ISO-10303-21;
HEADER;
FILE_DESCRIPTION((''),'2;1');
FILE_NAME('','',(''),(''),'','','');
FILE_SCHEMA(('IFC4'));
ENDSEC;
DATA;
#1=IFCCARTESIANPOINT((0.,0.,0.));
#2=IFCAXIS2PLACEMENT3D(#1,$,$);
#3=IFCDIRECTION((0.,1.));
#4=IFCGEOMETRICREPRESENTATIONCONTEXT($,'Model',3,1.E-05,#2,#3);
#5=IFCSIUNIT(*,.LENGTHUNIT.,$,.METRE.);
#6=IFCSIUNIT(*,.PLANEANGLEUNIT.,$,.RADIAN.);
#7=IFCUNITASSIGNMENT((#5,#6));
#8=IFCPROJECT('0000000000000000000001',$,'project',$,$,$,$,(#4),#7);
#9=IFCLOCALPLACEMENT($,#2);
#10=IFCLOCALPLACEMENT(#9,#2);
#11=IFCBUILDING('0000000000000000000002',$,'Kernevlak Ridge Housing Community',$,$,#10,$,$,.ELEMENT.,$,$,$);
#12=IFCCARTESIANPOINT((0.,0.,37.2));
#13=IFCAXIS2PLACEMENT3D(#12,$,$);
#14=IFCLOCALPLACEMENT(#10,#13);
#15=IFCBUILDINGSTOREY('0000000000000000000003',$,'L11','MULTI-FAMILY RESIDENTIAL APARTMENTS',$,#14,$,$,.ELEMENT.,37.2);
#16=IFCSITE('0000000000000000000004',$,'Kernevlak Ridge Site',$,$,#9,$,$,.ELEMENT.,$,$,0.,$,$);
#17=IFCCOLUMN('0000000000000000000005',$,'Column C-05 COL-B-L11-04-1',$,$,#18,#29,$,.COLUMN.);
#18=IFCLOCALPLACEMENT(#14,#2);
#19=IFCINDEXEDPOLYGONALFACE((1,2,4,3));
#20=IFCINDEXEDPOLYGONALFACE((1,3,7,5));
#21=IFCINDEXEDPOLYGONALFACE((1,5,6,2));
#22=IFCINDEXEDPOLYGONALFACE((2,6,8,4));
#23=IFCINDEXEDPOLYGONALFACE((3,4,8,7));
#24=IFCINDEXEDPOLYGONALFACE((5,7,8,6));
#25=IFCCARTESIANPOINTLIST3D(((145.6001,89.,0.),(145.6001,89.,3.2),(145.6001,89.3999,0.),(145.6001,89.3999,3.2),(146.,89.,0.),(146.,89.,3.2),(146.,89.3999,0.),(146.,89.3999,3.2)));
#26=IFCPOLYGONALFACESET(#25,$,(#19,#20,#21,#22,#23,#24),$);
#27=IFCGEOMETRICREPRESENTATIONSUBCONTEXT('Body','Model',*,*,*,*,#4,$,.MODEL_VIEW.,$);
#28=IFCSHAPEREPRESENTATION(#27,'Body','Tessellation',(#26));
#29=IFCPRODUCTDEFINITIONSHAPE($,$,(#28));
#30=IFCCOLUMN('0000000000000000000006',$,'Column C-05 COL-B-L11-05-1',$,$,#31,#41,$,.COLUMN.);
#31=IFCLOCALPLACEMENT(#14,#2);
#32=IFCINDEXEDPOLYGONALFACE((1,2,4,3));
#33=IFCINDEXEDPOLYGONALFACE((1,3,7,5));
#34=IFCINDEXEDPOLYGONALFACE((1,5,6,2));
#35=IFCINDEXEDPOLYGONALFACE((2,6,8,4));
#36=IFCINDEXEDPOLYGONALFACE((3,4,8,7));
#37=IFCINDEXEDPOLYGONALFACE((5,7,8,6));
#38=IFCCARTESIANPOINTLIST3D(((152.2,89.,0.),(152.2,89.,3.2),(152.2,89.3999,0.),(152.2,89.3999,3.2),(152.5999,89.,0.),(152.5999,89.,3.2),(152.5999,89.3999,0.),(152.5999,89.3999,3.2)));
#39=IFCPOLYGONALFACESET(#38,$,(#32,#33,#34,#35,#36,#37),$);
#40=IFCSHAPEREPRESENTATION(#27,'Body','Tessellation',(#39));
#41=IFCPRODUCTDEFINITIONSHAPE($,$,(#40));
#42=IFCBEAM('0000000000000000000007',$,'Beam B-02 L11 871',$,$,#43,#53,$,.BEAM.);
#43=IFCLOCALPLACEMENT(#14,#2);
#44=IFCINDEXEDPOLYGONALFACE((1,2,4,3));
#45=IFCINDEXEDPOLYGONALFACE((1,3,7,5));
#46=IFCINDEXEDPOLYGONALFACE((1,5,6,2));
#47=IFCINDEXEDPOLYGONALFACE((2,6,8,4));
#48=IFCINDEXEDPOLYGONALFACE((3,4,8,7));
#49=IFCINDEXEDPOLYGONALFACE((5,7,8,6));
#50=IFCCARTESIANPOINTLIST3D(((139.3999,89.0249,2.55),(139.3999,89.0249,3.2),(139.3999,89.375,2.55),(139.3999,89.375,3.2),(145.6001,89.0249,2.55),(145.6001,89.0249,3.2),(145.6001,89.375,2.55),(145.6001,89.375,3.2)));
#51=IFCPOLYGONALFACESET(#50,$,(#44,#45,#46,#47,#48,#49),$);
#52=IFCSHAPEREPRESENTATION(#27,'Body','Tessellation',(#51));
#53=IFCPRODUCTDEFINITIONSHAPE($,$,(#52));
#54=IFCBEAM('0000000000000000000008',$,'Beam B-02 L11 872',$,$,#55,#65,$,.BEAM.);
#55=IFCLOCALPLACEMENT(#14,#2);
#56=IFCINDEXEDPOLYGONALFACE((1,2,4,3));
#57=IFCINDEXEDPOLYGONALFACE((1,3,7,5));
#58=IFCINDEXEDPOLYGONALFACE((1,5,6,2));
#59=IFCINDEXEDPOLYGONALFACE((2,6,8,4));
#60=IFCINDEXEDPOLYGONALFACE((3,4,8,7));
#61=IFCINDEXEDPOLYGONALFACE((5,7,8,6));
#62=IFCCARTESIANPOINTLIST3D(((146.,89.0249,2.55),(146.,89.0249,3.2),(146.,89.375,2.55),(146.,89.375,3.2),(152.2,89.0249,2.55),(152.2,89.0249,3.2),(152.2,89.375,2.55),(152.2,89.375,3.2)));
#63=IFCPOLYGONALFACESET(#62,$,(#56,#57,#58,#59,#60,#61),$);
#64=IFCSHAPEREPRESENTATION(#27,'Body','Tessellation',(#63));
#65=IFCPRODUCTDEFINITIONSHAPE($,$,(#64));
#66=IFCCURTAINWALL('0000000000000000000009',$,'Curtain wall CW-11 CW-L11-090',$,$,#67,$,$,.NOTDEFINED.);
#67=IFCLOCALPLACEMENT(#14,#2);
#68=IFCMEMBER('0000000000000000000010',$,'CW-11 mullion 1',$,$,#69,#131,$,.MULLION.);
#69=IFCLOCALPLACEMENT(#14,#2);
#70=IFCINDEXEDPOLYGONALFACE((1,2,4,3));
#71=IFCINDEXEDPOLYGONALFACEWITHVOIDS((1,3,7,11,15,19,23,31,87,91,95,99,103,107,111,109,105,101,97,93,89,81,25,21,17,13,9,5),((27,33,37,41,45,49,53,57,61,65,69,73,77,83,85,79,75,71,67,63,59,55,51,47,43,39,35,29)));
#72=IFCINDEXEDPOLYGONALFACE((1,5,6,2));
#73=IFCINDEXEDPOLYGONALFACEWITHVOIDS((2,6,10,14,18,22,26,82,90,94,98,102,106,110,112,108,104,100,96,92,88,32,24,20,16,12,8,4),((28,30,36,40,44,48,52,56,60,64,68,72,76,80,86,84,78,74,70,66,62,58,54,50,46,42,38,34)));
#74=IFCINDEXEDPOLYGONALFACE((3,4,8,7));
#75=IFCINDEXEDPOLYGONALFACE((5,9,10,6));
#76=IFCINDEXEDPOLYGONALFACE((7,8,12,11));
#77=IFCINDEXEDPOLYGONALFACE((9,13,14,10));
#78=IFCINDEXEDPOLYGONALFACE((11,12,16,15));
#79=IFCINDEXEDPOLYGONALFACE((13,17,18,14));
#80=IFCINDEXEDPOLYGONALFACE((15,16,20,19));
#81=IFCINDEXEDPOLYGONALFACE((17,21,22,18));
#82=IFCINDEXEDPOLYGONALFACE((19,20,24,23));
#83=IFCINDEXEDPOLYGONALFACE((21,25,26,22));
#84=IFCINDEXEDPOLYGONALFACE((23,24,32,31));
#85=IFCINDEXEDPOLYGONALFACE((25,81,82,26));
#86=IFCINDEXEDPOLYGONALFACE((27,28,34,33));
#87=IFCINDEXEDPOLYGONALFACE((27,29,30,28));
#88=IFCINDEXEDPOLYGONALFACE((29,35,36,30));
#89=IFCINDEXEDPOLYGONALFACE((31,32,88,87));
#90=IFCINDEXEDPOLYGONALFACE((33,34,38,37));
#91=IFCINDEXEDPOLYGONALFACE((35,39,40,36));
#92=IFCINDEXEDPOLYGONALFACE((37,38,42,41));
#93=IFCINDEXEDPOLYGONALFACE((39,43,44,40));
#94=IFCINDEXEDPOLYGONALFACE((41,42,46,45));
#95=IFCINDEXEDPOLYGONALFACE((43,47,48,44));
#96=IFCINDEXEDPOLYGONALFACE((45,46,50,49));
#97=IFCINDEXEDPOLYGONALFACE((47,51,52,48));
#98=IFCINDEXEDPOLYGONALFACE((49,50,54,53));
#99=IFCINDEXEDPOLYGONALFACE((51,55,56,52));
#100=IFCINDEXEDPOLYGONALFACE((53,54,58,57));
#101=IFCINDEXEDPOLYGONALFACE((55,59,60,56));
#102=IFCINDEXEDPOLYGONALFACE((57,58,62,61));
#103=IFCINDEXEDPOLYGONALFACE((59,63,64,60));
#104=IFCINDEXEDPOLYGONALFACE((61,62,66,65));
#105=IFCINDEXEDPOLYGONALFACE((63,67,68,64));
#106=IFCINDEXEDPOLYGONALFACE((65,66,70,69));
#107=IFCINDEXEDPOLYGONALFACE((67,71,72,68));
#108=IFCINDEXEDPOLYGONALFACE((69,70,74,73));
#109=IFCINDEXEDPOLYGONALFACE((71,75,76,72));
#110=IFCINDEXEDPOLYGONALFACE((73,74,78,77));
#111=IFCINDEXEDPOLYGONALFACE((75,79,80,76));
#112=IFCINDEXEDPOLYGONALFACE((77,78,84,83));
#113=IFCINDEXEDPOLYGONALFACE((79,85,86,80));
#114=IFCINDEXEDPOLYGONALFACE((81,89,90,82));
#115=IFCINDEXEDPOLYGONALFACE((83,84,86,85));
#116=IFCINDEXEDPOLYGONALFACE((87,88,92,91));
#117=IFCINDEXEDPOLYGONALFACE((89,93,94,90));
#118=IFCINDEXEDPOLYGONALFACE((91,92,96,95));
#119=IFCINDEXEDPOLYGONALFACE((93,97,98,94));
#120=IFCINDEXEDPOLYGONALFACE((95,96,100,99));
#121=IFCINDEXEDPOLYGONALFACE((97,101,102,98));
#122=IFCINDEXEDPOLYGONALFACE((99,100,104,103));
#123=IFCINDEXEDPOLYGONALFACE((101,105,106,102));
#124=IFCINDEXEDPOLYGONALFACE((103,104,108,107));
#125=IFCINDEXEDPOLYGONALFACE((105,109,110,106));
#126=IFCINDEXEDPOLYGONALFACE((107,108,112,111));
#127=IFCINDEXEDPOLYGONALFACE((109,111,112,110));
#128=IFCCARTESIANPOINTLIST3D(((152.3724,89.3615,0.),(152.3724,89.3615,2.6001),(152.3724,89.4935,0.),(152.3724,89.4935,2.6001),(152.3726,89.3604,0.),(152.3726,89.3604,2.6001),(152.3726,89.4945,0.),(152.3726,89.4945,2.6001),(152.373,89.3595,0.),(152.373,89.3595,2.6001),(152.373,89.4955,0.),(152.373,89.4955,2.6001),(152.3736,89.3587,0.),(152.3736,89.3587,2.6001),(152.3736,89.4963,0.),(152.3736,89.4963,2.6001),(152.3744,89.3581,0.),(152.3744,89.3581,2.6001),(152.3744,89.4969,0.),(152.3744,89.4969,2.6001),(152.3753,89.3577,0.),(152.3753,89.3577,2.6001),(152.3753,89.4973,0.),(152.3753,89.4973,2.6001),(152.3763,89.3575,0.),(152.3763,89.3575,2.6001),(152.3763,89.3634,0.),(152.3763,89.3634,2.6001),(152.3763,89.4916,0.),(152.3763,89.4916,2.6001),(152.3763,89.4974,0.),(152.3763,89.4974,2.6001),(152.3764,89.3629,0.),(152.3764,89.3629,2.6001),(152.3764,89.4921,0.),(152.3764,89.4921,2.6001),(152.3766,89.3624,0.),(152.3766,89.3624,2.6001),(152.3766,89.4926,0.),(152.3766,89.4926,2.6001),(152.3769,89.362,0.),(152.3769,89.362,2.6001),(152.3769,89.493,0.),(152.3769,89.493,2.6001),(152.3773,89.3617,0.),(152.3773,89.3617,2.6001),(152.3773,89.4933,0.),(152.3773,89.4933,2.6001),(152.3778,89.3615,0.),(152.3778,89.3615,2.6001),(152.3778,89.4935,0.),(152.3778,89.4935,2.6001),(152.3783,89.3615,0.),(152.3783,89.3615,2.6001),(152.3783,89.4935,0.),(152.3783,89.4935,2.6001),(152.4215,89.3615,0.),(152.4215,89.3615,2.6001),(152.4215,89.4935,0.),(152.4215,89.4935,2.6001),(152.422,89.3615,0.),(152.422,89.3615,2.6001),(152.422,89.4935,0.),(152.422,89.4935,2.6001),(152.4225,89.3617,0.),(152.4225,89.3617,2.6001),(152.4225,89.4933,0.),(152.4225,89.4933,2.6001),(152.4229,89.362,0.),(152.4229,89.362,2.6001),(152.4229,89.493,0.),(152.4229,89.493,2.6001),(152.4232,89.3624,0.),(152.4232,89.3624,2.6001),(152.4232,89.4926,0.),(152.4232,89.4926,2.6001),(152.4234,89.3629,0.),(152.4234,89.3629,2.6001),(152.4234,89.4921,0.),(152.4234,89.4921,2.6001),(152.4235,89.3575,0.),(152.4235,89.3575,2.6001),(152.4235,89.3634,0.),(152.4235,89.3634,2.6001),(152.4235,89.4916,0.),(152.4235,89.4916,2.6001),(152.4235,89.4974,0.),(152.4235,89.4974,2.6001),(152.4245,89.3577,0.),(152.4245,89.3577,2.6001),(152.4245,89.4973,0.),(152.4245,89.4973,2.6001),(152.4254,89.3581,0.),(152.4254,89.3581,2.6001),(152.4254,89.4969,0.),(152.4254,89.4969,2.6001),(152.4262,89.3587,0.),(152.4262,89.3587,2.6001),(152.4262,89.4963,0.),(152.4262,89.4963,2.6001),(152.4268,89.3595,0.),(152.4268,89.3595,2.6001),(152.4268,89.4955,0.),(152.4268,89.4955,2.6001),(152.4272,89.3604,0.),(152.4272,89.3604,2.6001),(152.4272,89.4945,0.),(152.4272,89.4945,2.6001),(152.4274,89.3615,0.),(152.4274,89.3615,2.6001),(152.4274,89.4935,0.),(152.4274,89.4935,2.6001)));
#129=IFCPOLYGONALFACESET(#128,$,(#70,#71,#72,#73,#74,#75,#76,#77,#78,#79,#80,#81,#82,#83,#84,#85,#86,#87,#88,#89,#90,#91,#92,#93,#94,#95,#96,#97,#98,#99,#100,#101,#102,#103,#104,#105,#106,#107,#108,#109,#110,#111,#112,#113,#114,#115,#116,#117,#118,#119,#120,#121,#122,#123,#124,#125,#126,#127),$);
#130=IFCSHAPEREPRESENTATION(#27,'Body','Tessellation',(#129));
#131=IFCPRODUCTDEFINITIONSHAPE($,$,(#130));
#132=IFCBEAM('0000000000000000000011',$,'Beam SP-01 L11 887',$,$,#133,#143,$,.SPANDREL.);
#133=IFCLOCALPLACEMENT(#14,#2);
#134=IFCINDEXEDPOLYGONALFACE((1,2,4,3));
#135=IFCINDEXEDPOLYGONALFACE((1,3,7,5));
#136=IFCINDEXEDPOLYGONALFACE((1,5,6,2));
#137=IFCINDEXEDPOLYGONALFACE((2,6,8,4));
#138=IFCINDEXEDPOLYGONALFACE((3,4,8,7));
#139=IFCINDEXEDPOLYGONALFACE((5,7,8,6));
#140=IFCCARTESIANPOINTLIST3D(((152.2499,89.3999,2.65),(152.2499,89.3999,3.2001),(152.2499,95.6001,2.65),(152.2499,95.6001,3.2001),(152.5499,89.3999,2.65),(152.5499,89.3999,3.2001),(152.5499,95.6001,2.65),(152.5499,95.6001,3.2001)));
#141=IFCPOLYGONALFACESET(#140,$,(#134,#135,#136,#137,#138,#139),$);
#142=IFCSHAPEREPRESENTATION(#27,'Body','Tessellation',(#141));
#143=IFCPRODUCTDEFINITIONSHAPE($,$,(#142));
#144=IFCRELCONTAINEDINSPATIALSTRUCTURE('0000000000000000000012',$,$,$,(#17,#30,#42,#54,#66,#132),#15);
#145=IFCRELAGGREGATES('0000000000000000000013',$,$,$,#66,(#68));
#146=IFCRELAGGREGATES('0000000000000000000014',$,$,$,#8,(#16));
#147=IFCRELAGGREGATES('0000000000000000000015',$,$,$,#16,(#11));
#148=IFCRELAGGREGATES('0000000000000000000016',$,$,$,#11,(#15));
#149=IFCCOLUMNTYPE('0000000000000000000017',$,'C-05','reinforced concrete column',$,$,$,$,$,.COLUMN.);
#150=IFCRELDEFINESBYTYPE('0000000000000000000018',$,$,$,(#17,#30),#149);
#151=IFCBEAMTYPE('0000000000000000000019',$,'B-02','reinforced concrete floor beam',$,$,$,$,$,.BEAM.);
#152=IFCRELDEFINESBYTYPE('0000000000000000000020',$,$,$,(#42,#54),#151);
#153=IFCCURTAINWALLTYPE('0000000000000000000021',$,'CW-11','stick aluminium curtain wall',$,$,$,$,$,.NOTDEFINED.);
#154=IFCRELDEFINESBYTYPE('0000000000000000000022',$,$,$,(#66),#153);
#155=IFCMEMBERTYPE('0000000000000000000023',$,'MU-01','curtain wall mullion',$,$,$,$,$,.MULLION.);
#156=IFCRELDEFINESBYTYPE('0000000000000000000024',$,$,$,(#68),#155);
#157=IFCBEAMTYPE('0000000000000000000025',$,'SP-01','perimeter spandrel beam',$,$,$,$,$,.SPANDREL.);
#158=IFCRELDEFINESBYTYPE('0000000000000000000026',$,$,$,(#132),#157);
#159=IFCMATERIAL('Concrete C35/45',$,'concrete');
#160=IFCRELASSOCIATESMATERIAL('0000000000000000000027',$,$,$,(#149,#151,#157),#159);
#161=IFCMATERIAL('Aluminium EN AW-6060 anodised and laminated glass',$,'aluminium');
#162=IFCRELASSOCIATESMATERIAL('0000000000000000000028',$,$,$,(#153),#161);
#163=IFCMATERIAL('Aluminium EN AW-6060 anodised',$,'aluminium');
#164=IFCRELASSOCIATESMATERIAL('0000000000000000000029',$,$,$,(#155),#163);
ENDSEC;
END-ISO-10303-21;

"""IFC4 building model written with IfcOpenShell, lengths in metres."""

from ifc_helpers import new_model, si_unit, direction, frame, origin, origin_2d, place, context, subcontext, project, spatial, rectangle, hollow_rectangle, extrude, material, material_profile, profile_set, type_object, element, aggregate, save


model = new_model("IFC4")

# Units and contexts
model_context = context("Model", 3, precision=1e-05, world=origin(), true_north=direction((0.0, 1.0)))
body_context = subcontext(model_context, "Body", "Model", "MODEL_VIEW")
ifc_project = project(units=[si_unit("LENGTHUNIT", "METRE"), si_unit("PLANEANGLEUNIT", "RADIAN")], contexts=[model_context])

# Site, building, storey
site_placement = place(None, origin())
site = spatial("IfcSite", under=ifc_project, at=site_placement, Name="Kernevlak Ridge Site", CompositionType="ELEMENT", RefElevation=0.0)
building_placement = place(site_placement, origin())
building = spatial("IfcBuilding", under=site, at=building_placement, Name="Kernevlak Ridge Housing Community", CompositionType="ELEMENT")
storey_placement = place(building_placement, frame((0.0, 0.0, 37.2)))
storey = spatial("IfcBuildingStorey", under=building, at=storey_placement, Name="L11", Description="MULTI-FAMILY RESIDENTIAL APARTMENTS", CompositionType="ELEMENT", Elevation=37.2)

# Columns
ifc_material_1 = material(Name="Concrete C35/45", Category="concrete")
ifc_material_profile_1 = material_profile(ifc_material_1, rectangle(XDim=0.3999, YDim=0.3999, at=origin_2d()), Name="RC 400x400")
ifc_profile_set_1 = profile_set([ifc_material_profile_1], Name="Concrete C35/45")
column_type = type_object("IfcColumnType", Name="C-05", Description="reinforced concrete column", PredefinedType="COLUMN", material=ifc_profile_set_1)
for number, where, z_axis, x_axis, name in (
    (1, (145.8, 89.2, 0.0), (0.0, 0.0, 1.0), (1.0, 0.0, 0.0), "Column C-05 COL-B-L11-04-1"),
    (2, (152.3999, 89.2, 0.0), (0.0, 0.0, 1.0), (1.0, 0.0, 0.0), "Column C-05 COL-B-L11-05-1"),
):
    element("IfcColumn", number, at=place(storey_placement, frame(where, z_axis=z_axis, x_axis=x_axis)), inside=storey, type_object=column_type, Name=name, PredefinedType="COLUMN", context=body_context, shape_type="SweptSolid", body=[
        extrude(rectangle(XDim=0.3999, YDim=0.3999, at=origin_2d()), origin(), (0.0, 0.0, 1.0), 3.2),
    ])

# Beams
ifc_material_profile_2 = material_profile(ifc_material_1, rectangle(XDim=0.3501, YDim=0.6499, at=origin_2d()), Name="RC 350x650")
ifc_profile_set_2 = profile_set([ifc_material_profile_2], Name="Concrete C35/45")
beam_type_1 = type_object("IfcBeamType", Name="B-02", Description="reinforced concrete floor beam", PredefinedType="BEAM", material=ifc_profile_set_2)
beam_1_placement = place(storey_placement, frame((139.3999, 89.2, 2.875), z_axis=(1.0, 0.0, 0.0), x_axis=(0.0, 1.0, 0.0)))
element("IfcBeam", 3, at=beam_1_placement, inside=storey, type_object=beam_type_1, Name="Beam B-02 L11 871", PredefinedType="BEAM", context=body_context, shape_type="SweptSolid", body=[
    extrude(rectangle(XDim=0.3501, YDim=0.6499, at=origin_2d()), origin(), (0.0, 0.0, 1.0), 6.2002),
])
beam_2_placement = place(storey_placement, frame((146.0, 89.2, 2.875), z_axis=(1.0, 0.0, 0.0), x_axis=(0.0, 1.0, 0.0)))
element("IfcBeam", 4, at=beam_2_placement, inside=storey, type_object=beam_type_1, Name="Beam B-02 L11 872", PredefinedType="BEAM", context=body_context, shape_type="SweptSolid", body=[
    extrude(rectangle(XDim=0.3501, YDim=0.6499, at=origin_2d()), origin(), (0.0, 0.0, 1.0), 6.2),
])

# Curtain wall, member
ifc_material_2 = material(Name="Aluminium EN AW-6060 anodised and laminated glass", Category="aluminium")
curtain_wall_type = type_object("IfcCurtainWallType", Name="CW-11", Description="stick aluminium curtain wall", PredefinedType="NOTDEFINED", material=ifc_material_2)
curtain_wall_placement = place(storey_placement, origin())
curtain_wall = element("IfcCurtainWall", 5, at=curtain_wall_placement, inside=storey, type_object=curtain_wall_type, Name="Curtain wall CW-11 CW-L11-090", PredefinedType="NOTDEFINED")
ifc_material_3 = material(Name="Aluminium EN AW-6060 anodised", Category="aluminium")
ifc_material_profile_3 = material_profile(ifc_material_3, hollow_rectangle(XDim=0.0549, YDim=0.1399, WallThickness=0.0039, InnerFilletRadius=0.002, OuterFilletRadius=0.0039, at=origin_2d()), Name="ALU 55x140x4")
ifc_profile_set_3 = profile_set([ifc_material_profile_3], Name="Aluminium EN AW-6060 anodised")
member_type_1 = type_object("IfcMemberType", Name="MU-01", Description="curtain wall mullion", PredefinedType="MULLION", material=ifc_profile_set_3)
member_1_placement = place(storey_placement, frame((152.3999, 89.4275, 0.0), z_axis=(0.0, 0.0, 1.0), x_axis=(-1.0, 0.0, 0.0)))
member_1 = element("IfcMember", 6, at=member_1_placement, type_object=member_type_1, Name="CW-11 mullion 1", PredefinedType="MULLION", context=body_context, shape_type="SweptSolid", body=[
    extrude(hollow_rectangle(XDim=0.0549, YDim=0.1399, WallThickness=0.0039, InnerFilletRadius=0.002, OuterFilletRadius=0.0039, at=origin_2d()), origin(), (0.0, 0.0, 1.0), 2.6001),
])

# Beam
ifc_material_profile_4 = material_profile(ifc_material_1, rectangle(XDim=0.3, YDim=0.55, at=origin_2d()), Name="RC 300x550")
ifc_profile_set_4 = profile_set([ifc_material_profile_4], Name="Concrete C35/45")
beam_type_2 = type_object("IfcBeamType", Name="SP-01", Description="perimeter spandrel beam", PredefinedType="SPANDREL", material=ifc_profile_set_4)
beam_3_placement = place(storey_placement, frame((152.3999, 89.3999, 2.925), z_axis=(0.0, 1.0, 0.0), x_axis=(-1.0, 0.0, 0.0)))
element("IfcBeam", 7, at=beam_3_placement, inside=storey, type_object=beam_type_2, Name="Beam SP-01 L11 887", PredefinedType="SPANDREL", context=body_context, shape_type="SweptSolid", body=[
    extrude(rectangle(XDim=0.3, YDim=0.55, at=origin_2d()), origin(), (0.0, 0.0, 1.0), 6.2002),
])

aggregate(curtain_wall, [member_1])

save(model, "model.ifc")
